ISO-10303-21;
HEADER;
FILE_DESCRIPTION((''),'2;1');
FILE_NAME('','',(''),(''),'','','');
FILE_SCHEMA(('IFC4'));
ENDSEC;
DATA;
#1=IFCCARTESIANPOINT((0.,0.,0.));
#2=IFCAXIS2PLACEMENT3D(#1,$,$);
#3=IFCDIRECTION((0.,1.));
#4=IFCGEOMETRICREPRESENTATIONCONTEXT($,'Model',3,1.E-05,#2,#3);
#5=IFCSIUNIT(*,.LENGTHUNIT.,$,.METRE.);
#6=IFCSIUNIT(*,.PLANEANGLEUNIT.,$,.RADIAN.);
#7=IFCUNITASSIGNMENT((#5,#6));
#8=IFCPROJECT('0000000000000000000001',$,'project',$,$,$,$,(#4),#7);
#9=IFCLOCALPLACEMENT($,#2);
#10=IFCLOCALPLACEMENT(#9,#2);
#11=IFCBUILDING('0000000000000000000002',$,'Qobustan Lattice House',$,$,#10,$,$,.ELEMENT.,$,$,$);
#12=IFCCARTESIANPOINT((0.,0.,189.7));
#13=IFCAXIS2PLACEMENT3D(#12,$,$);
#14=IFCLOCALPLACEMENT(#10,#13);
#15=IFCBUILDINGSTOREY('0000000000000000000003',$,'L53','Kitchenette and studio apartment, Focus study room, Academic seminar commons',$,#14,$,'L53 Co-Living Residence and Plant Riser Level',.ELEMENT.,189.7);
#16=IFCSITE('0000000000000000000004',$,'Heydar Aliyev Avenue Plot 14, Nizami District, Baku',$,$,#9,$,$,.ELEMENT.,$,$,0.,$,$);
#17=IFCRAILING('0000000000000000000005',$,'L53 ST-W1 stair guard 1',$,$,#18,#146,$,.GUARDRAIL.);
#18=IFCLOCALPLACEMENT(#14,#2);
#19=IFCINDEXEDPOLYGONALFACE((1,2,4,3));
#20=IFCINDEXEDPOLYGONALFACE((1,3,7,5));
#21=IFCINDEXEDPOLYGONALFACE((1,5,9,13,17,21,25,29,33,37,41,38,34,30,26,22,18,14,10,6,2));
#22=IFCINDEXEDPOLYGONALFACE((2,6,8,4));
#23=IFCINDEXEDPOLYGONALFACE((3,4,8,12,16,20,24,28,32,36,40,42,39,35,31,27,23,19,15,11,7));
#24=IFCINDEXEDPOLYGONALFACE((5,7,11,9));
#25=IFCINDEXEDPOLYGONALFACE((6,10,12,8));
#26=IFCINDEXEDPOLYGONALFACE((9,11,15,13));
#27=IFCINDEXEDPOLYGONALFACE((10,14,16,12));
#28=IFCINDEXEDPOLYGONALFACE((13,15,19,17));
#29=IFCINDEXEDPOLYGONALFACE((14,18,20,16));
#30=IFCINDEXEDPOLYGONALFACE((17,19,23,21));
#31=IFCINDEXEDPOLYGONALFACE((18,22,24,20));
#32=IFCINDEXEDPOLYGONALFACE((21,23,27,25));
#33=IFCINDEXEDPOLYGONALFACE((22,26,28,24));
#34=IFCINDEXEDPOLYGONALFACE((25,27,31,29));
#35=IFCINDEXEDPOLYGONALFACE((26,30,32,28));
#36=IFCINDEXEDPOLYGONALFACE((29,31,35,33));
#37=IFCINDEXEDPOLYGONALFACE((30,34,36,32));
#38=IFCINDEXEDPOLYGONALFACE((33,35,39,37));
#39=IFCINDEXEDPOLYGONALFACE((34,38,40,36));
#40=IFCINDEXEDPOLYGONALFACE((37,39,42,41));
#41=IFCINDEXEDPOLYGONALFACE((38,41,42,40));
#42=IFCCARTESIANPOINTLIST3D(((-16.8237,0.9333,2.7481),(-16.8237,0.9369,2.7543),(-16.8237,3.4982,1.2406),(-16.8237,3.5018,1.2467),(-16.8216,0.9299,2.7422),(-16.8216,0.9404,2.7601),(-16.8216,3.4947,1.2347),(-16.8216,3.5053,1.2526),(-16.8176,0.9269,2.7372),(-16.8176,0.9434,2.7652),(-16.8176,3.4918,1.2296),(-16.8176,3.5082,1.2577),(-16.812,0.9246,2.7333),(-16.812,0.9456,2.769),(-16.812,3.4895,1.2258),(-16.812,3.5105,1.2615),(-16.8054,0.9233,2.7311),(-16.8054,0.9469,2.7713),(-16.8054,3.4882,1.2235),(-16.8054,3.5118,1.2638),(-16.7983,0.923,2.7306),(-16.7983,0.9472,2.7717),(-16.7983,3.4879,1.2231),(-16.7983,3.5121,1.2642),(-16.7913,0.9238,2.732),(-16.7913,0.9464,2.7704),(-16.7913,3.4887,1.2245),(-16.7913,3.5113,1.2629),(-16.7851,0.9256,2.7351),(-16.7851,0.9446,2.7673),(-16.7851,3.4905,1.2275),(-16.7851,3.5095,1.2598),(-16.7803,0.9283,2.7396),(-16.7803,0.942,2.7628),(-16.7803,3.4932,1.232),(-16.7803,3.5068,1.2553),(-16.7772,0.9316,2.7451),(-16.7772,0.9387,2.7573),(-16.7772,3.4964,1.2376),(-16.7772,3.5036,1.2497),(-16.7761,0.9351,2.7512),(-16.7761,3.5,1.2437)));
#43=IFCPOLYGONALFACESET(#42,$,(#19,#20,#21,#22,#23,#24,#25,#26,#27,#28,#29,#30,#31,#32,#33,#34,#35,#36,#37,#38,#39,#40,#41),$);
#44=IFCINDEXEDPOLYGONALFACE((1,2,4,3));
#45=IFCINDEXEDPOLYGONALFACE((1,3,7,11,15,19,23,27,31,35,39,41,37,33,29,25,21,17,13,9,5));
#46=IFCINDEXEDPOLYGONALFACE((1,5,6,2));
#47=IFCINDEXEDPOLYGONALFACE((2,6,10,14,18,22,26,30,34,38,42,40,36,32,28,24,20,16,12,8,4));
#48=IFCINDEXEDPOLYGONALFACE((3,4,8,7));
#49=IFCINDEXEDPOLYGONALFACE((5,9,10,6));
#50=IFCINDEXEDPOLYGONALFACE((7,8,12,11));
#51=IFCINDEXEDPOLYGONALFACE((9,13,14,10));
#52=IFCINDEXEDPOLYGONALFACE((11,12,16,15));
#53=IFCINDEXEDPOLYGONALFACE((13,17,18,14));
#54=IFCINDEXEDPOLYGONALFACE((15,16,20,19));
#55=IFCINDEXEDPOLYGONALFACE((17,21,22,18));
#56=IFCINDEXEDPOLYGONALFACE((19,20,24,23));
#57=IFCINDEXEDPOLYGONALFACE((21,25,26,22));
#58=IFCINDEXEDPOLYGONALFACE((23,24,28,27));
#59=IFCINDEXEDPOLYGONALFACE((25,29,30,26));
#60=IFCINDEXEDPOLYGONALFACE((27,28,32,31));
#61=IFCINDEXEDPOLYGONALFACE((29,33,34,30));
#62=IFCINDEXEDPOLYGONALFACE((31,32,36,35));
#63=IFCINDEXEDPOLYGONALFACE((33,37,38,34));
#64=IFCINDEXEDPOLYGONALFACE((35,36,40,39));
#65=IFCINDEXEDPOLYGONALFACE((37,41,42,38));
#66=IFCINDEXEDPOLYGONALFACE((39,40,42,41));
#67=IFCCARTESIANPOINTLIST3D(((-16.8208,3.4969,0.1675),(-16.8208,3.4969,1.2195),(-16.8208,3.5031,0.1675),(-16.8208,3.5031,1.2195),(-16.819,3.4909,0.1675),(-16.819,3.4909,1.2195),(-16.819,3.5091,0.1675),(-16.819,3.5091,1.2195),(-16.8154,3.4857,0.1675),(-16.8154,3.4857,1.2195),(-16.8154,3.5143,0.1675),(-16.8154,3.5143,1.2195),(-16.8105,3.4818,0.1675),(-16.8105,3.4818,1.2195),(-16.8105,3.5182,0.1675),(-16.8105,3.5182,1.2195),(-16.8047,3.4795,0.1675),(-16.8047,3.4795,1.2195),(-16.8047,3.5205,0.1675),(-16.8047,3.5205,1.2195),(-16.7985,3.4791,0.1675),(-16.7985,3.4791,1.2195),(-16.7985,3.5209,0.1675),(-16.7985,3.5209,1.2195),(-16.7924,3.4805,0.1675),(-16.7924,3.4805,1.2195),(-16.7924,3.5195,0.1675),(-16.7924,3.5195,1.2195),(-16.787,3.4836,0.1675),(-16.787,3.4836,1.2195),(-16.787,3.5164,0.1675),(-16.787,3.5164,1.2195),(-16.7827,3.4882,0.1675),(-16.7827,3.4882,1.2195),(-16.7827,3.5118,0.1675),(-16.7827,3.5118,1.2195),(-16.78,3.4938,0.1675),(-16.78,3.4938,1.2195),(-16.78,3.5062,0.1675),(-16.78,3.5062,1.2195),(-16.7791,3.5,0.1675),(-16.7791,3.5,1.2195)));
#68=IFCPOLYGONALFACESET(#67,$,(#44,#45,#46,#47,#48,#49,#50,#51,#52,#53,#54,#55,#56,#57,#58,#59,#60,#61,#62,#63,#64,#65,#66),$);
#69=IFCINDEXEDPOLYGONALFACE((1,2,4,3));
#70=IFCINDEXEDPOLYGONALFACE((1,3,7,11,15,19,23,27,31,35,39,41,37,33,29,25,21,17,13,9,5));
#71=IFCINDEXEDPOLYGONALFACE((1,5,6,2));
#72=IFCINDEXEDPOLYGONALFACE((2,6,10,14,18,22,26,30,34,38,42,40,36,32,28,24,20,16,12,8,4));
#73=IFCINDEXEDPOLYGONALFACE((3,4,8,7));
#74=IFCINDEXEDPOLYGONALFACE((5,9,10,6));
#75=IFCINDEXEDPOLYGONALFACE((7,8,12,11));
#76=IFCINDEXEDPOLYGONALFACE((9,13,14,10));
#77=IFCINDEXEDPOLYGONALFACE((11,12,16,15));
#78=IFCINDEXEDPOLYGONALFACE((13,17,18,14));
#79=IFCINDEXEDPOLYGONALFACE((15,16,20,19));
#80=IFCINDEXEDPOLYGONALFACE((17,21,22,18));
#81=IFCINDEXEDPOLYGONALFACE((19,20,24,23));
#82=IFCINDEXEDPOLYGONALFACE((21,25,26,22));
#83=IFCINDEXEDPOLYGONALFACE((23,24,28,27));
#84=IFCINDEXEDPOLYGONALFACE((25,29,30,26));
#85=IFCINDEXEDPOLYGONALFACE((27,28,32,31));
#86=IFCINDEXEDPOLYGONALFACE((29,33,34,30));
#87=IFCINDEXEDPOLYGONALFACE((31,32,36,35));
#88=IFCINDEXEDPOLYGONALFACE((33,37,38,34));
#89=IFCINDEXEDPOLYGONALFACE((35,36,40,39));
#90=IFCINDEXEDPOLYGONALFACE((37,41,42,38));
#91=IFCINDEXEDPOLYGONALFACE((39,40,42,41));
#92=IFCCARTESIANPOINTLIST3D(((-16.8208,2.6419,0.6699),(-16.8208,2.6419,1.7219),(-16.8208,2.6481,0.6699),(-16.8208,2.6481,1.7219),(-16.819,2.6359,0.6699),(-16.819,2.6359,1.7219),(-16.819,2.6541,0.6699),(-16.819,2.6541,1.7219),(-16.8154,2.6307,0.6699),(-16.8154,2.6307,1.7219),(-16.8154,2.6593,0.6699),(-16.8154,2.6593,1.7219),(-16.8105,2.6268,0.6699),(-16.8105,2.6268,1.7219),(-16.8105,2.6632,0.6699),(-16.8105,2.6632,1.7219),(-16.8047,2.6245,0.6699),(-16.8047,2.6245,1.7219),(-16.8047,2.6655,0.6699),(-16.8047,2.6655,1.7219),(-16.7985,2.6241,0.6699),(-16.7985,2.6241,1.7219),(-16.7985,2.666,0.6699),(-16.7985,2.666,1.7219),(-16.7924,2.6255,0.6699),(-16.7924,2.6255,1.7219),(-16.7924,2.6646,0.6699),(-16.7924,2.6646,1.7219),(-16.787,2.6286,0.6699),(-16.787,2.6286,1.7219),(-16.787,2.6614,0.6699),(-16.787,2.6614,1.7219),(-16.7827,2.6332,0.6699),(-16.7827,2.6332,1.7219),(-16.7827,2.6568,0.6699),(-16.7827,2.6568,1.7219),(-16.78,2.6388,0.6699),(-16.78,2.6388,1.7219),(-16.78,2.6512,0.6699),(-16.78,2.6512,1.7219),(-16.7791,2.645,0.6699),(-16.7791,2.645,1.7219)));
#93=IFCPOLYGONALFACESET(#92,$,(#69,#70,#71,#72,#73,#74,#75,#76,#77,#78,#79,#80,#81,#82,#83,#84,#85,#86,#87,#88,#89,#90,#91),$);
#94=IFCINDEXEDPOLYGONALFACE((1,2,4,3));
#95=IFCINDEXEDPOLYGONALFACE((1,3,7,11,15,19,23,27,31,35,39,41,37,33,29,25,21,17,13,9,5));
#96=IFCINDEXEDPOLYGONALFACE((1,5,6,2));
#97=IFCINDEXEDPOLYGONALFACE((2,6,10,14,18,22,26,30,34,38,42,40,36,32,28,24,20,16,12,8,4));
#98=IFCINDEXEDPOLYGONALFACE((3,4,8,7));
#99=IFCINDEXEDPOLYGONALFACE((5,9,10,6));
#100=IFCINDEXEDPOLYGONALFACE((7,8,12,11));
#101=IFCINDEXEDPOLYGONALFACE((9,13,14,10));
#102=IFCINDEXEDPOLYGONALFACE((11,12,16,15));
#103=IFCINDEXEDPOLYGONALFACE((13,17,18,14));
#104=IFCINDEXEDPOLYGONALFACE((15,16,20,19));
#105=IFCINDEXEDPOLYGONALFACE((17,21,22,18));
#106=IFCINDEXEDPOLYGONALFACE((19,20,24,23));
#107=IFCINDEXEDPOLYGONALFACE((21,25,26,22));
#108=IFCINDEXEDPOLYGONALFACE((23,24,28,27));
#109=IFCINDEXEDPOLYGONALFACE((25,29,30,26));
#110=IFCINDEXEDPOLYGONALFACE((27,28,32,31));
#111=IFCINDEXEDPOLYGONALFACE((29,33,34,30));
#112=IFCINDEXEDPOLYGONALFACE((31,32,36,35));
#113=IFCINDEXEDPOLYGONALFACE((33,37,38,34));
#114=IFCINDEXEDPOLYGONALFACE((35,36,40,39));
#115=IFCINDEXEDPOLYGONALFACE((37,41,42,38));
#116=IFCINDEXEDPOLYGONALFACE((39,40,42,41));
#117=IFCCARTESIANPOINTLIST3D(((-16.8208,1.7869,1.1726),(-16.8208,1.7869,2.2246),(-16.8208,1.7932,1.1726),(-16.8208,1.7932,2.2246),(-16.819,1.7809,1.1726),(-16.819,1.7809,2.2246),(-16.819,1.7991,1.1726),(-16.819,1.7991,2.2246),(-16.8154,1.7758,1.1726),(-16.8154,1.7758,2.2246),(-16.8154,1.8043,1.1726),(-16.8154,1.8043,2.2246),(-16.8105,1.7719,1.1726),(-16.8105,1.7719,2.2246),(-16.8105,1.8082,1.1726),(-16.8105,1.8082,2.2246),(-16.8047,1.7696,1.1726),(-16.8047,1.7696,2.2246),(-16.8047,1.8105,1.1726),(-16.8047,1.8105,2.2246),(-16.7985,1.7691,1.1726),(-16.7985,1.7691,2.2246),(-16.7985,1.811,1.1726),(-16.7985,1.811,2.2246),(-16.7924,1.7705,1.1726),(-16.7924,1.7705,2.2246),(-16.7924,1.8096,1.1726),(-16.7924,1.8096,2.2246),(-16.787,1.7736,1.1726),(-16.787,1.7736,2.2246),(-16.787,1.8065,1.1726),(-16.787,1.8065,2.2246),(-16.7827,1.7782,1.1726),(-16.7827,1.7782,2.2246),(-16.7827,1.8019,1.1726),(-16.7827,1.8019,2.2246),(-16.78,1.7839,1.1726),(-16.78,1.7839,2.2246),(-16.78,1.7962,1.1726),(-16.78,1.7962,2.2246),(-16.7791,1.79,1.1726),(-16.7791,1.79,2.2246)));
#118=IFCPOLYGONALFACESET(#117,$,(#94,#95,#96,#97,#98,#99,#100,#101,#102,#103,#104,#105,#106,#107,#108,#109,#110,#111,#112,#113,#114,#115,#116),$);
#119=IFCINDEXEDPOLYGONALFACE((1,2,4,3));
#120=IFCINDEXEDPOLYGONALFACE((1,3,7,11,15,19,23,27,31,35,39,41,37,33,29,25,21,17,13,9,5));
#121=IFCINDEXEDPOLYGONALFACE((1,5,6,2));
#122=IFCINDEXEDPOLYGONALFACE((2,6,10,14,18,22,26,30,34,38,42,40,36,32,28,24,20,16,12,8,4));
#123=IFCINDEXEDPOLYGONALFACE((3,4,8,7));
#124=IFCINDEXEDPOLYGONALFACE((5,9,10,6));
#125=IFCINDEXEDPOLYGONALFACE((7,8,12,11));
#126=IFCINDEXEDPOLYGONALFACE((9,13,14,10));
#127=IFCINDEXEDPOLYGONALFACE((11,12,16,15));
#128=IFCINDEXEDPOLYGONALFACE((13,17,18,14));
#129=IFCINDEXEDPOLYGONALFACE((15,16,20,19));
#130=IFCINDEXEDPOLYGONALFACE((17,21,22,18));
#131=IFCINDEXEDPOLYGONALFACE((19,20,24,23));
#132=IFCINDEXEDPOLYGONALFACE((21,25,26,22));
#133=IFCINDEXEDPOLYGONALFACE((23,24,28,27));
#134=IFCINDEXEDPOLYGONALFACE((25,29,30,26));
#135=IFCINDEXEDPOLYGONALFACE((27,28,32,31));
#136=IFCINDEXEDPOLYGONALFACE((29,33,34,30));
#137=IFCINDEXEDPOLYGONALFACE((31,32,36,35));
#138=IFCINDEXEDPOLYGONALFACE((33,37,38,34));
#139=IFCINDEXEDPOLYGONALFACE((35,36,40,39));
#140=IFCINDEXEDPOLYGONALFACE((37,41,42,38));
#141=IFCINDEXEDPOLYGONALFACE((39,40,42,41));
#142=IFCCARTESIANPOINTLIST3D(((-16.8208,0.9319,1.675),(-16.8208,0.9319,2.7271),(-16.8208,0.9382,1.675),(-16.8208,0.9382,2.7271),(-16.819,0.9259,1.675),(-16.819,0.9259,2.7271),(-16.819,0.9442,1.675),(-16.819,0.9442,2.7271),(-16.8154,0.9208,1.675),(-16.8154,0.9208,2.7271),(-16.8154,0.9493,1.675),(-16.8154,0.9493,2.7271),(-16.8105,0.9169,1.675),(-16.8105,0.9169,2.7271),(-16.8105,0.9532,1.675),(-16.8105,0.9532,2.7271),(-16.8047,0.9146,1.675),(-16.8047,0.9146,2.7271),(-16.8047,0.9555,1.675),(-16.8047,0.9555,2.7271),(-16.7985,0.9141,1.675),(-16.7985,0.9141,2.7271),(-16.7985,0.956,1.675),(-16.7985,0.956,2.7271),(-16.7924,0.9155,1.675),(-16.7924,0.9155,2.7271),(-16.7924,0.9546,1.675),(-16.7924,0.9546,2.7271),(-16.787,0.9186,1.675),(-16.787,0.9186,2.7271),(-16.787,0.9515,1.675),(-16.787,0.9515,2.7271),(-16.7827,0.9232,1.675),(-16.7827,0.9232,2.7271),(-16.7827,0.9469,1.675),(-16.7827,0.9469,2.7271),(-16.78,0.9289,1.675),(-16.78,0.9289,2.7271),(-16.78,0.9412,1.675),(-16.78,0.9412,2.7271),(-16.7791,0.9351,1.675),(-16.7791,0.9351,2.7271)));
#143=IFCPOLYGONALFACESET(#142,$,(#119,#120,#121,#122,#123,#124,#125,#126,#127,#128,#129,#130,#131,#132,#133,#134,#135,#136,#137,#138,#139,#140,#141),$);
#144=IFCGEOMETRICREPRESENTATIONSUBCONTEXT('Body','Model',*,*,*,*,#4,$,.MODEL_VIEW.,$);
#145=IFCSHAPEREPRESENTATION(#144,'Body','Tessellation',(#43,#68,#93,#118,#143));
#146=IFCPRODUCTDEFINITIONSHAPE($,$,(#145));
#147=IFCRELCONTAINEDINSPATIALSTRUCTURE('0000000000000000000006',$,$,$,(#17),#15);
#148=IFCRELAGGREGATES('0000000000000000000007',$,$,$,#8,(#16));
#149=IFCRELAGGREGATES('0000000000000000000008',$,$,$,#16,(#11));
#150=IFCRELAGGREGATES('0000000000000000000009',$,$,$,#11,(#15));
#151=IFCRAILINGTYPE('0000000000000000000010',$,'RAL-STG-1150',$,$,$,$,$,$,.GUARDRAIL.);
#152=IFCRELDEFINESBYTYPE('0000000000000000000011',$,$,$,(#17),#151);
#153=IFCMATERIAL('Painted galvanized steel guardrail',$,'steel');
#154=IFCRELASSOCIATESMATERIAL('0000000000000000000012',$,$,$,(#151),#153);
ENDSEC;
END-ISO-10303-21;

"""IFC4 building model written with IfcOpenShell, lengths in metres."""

from ifc_helpers import new_model, si_unit, direction, frame, origin, origin_2d, place, context, subcontext, project, spatial, circle, extrude, material, type_object, element, save


model = new_model("IFC4")

# Units and contexts
model_context = context("Model", 3, precision=1e-05, world=origin(), true_north=direction((0.0, 1.0)))
body_context = subcontext(model_context, "Body", "Model", "MODEL_VIEW")
ifc_project = project(units=[si_unit("LENGTHUNIT", "METRE"), si_unit("PLANEANGLEUNIT", "RADIAN")], contexts=[model_context])

# Site, building, storey
site_placement = place(None, origin())
site = spatial("IfcSite", under=ifc_project, at=site_placement, Name="Heydar Aliyev Avenue Plot 14, Nizami District, Baku", CompositionType="ELEMENT", RefElevation=0.0)
building_placement = place(site_placement, origin())
building = spatial("IfcBuilding", under=site, at=building_placement, Name="Qobustan Lattice House", CompositionType="ELEMENT")
storey_placement = place(building_placement, frame((0.0, 0.0, 189.7)))
storey = spatial("IfcBuildingStorey", under=building, at=storey_placement, Name="L53", Description="Kitchenette and studio apartment, Focus study room, Academic seminar commons", LongName="L53 Co-Living Residence and Plant Riser Level", CompositionType="ELEMENT", Elevation=189.7)

# Railing
ifc_material_1 = material(Name="Painted galvanized steel guardrail", Category="steel")
railing_type = type_object("IfcRailingType", Name="RAL-STG-1150", PredefinedType="GUARDRAIL", material=ifc_material_1)
railing_1_placement = place(storey_placement, frame((-16.8, 3.5, 0.1675)))
element("IfcRailing", 1, at=railing_1_placement, inside=storey, type_object=railing_type, Name="L53 ST-W1 stair guard 1", PredefinedType="GUARDRAIL", context=body_context, shape_type="SweptSolid", body=[
    extrude(circle(Radius=0.0239, at=origin_2d()), frame((0.0, 0.0, 1.0762), z_axis=(0.0, -0.862113, 0.506715), x_axis=(1.0, 0.0, 0.0)), (0.0, 0.0, 1.0), 2.9751),
    extrude(circle(Radius=0.021, at=origin_2d()), origin(), (0.0, 0.0, 1.0), 1.052),
    extrude(circle(Radius=0.021, at=origin_2d()), frame((0.0, -0.855, 0.5024)), (0.0, 0.0, 1.0), 1.052),
    extrude(circle(Radius=0.021, at=origin_2d()), frame((0.0, -1.71, 1.0051)), (0.0, 0.0, 1.0), 1.052),
    extrude(circle(Radius=0.021, at=origin_2d()), frame((0.0, -2.5649, 1.5076)), (0.0, 0.0, 1.0), 1.052),
])

save(model, "model.ifc")
